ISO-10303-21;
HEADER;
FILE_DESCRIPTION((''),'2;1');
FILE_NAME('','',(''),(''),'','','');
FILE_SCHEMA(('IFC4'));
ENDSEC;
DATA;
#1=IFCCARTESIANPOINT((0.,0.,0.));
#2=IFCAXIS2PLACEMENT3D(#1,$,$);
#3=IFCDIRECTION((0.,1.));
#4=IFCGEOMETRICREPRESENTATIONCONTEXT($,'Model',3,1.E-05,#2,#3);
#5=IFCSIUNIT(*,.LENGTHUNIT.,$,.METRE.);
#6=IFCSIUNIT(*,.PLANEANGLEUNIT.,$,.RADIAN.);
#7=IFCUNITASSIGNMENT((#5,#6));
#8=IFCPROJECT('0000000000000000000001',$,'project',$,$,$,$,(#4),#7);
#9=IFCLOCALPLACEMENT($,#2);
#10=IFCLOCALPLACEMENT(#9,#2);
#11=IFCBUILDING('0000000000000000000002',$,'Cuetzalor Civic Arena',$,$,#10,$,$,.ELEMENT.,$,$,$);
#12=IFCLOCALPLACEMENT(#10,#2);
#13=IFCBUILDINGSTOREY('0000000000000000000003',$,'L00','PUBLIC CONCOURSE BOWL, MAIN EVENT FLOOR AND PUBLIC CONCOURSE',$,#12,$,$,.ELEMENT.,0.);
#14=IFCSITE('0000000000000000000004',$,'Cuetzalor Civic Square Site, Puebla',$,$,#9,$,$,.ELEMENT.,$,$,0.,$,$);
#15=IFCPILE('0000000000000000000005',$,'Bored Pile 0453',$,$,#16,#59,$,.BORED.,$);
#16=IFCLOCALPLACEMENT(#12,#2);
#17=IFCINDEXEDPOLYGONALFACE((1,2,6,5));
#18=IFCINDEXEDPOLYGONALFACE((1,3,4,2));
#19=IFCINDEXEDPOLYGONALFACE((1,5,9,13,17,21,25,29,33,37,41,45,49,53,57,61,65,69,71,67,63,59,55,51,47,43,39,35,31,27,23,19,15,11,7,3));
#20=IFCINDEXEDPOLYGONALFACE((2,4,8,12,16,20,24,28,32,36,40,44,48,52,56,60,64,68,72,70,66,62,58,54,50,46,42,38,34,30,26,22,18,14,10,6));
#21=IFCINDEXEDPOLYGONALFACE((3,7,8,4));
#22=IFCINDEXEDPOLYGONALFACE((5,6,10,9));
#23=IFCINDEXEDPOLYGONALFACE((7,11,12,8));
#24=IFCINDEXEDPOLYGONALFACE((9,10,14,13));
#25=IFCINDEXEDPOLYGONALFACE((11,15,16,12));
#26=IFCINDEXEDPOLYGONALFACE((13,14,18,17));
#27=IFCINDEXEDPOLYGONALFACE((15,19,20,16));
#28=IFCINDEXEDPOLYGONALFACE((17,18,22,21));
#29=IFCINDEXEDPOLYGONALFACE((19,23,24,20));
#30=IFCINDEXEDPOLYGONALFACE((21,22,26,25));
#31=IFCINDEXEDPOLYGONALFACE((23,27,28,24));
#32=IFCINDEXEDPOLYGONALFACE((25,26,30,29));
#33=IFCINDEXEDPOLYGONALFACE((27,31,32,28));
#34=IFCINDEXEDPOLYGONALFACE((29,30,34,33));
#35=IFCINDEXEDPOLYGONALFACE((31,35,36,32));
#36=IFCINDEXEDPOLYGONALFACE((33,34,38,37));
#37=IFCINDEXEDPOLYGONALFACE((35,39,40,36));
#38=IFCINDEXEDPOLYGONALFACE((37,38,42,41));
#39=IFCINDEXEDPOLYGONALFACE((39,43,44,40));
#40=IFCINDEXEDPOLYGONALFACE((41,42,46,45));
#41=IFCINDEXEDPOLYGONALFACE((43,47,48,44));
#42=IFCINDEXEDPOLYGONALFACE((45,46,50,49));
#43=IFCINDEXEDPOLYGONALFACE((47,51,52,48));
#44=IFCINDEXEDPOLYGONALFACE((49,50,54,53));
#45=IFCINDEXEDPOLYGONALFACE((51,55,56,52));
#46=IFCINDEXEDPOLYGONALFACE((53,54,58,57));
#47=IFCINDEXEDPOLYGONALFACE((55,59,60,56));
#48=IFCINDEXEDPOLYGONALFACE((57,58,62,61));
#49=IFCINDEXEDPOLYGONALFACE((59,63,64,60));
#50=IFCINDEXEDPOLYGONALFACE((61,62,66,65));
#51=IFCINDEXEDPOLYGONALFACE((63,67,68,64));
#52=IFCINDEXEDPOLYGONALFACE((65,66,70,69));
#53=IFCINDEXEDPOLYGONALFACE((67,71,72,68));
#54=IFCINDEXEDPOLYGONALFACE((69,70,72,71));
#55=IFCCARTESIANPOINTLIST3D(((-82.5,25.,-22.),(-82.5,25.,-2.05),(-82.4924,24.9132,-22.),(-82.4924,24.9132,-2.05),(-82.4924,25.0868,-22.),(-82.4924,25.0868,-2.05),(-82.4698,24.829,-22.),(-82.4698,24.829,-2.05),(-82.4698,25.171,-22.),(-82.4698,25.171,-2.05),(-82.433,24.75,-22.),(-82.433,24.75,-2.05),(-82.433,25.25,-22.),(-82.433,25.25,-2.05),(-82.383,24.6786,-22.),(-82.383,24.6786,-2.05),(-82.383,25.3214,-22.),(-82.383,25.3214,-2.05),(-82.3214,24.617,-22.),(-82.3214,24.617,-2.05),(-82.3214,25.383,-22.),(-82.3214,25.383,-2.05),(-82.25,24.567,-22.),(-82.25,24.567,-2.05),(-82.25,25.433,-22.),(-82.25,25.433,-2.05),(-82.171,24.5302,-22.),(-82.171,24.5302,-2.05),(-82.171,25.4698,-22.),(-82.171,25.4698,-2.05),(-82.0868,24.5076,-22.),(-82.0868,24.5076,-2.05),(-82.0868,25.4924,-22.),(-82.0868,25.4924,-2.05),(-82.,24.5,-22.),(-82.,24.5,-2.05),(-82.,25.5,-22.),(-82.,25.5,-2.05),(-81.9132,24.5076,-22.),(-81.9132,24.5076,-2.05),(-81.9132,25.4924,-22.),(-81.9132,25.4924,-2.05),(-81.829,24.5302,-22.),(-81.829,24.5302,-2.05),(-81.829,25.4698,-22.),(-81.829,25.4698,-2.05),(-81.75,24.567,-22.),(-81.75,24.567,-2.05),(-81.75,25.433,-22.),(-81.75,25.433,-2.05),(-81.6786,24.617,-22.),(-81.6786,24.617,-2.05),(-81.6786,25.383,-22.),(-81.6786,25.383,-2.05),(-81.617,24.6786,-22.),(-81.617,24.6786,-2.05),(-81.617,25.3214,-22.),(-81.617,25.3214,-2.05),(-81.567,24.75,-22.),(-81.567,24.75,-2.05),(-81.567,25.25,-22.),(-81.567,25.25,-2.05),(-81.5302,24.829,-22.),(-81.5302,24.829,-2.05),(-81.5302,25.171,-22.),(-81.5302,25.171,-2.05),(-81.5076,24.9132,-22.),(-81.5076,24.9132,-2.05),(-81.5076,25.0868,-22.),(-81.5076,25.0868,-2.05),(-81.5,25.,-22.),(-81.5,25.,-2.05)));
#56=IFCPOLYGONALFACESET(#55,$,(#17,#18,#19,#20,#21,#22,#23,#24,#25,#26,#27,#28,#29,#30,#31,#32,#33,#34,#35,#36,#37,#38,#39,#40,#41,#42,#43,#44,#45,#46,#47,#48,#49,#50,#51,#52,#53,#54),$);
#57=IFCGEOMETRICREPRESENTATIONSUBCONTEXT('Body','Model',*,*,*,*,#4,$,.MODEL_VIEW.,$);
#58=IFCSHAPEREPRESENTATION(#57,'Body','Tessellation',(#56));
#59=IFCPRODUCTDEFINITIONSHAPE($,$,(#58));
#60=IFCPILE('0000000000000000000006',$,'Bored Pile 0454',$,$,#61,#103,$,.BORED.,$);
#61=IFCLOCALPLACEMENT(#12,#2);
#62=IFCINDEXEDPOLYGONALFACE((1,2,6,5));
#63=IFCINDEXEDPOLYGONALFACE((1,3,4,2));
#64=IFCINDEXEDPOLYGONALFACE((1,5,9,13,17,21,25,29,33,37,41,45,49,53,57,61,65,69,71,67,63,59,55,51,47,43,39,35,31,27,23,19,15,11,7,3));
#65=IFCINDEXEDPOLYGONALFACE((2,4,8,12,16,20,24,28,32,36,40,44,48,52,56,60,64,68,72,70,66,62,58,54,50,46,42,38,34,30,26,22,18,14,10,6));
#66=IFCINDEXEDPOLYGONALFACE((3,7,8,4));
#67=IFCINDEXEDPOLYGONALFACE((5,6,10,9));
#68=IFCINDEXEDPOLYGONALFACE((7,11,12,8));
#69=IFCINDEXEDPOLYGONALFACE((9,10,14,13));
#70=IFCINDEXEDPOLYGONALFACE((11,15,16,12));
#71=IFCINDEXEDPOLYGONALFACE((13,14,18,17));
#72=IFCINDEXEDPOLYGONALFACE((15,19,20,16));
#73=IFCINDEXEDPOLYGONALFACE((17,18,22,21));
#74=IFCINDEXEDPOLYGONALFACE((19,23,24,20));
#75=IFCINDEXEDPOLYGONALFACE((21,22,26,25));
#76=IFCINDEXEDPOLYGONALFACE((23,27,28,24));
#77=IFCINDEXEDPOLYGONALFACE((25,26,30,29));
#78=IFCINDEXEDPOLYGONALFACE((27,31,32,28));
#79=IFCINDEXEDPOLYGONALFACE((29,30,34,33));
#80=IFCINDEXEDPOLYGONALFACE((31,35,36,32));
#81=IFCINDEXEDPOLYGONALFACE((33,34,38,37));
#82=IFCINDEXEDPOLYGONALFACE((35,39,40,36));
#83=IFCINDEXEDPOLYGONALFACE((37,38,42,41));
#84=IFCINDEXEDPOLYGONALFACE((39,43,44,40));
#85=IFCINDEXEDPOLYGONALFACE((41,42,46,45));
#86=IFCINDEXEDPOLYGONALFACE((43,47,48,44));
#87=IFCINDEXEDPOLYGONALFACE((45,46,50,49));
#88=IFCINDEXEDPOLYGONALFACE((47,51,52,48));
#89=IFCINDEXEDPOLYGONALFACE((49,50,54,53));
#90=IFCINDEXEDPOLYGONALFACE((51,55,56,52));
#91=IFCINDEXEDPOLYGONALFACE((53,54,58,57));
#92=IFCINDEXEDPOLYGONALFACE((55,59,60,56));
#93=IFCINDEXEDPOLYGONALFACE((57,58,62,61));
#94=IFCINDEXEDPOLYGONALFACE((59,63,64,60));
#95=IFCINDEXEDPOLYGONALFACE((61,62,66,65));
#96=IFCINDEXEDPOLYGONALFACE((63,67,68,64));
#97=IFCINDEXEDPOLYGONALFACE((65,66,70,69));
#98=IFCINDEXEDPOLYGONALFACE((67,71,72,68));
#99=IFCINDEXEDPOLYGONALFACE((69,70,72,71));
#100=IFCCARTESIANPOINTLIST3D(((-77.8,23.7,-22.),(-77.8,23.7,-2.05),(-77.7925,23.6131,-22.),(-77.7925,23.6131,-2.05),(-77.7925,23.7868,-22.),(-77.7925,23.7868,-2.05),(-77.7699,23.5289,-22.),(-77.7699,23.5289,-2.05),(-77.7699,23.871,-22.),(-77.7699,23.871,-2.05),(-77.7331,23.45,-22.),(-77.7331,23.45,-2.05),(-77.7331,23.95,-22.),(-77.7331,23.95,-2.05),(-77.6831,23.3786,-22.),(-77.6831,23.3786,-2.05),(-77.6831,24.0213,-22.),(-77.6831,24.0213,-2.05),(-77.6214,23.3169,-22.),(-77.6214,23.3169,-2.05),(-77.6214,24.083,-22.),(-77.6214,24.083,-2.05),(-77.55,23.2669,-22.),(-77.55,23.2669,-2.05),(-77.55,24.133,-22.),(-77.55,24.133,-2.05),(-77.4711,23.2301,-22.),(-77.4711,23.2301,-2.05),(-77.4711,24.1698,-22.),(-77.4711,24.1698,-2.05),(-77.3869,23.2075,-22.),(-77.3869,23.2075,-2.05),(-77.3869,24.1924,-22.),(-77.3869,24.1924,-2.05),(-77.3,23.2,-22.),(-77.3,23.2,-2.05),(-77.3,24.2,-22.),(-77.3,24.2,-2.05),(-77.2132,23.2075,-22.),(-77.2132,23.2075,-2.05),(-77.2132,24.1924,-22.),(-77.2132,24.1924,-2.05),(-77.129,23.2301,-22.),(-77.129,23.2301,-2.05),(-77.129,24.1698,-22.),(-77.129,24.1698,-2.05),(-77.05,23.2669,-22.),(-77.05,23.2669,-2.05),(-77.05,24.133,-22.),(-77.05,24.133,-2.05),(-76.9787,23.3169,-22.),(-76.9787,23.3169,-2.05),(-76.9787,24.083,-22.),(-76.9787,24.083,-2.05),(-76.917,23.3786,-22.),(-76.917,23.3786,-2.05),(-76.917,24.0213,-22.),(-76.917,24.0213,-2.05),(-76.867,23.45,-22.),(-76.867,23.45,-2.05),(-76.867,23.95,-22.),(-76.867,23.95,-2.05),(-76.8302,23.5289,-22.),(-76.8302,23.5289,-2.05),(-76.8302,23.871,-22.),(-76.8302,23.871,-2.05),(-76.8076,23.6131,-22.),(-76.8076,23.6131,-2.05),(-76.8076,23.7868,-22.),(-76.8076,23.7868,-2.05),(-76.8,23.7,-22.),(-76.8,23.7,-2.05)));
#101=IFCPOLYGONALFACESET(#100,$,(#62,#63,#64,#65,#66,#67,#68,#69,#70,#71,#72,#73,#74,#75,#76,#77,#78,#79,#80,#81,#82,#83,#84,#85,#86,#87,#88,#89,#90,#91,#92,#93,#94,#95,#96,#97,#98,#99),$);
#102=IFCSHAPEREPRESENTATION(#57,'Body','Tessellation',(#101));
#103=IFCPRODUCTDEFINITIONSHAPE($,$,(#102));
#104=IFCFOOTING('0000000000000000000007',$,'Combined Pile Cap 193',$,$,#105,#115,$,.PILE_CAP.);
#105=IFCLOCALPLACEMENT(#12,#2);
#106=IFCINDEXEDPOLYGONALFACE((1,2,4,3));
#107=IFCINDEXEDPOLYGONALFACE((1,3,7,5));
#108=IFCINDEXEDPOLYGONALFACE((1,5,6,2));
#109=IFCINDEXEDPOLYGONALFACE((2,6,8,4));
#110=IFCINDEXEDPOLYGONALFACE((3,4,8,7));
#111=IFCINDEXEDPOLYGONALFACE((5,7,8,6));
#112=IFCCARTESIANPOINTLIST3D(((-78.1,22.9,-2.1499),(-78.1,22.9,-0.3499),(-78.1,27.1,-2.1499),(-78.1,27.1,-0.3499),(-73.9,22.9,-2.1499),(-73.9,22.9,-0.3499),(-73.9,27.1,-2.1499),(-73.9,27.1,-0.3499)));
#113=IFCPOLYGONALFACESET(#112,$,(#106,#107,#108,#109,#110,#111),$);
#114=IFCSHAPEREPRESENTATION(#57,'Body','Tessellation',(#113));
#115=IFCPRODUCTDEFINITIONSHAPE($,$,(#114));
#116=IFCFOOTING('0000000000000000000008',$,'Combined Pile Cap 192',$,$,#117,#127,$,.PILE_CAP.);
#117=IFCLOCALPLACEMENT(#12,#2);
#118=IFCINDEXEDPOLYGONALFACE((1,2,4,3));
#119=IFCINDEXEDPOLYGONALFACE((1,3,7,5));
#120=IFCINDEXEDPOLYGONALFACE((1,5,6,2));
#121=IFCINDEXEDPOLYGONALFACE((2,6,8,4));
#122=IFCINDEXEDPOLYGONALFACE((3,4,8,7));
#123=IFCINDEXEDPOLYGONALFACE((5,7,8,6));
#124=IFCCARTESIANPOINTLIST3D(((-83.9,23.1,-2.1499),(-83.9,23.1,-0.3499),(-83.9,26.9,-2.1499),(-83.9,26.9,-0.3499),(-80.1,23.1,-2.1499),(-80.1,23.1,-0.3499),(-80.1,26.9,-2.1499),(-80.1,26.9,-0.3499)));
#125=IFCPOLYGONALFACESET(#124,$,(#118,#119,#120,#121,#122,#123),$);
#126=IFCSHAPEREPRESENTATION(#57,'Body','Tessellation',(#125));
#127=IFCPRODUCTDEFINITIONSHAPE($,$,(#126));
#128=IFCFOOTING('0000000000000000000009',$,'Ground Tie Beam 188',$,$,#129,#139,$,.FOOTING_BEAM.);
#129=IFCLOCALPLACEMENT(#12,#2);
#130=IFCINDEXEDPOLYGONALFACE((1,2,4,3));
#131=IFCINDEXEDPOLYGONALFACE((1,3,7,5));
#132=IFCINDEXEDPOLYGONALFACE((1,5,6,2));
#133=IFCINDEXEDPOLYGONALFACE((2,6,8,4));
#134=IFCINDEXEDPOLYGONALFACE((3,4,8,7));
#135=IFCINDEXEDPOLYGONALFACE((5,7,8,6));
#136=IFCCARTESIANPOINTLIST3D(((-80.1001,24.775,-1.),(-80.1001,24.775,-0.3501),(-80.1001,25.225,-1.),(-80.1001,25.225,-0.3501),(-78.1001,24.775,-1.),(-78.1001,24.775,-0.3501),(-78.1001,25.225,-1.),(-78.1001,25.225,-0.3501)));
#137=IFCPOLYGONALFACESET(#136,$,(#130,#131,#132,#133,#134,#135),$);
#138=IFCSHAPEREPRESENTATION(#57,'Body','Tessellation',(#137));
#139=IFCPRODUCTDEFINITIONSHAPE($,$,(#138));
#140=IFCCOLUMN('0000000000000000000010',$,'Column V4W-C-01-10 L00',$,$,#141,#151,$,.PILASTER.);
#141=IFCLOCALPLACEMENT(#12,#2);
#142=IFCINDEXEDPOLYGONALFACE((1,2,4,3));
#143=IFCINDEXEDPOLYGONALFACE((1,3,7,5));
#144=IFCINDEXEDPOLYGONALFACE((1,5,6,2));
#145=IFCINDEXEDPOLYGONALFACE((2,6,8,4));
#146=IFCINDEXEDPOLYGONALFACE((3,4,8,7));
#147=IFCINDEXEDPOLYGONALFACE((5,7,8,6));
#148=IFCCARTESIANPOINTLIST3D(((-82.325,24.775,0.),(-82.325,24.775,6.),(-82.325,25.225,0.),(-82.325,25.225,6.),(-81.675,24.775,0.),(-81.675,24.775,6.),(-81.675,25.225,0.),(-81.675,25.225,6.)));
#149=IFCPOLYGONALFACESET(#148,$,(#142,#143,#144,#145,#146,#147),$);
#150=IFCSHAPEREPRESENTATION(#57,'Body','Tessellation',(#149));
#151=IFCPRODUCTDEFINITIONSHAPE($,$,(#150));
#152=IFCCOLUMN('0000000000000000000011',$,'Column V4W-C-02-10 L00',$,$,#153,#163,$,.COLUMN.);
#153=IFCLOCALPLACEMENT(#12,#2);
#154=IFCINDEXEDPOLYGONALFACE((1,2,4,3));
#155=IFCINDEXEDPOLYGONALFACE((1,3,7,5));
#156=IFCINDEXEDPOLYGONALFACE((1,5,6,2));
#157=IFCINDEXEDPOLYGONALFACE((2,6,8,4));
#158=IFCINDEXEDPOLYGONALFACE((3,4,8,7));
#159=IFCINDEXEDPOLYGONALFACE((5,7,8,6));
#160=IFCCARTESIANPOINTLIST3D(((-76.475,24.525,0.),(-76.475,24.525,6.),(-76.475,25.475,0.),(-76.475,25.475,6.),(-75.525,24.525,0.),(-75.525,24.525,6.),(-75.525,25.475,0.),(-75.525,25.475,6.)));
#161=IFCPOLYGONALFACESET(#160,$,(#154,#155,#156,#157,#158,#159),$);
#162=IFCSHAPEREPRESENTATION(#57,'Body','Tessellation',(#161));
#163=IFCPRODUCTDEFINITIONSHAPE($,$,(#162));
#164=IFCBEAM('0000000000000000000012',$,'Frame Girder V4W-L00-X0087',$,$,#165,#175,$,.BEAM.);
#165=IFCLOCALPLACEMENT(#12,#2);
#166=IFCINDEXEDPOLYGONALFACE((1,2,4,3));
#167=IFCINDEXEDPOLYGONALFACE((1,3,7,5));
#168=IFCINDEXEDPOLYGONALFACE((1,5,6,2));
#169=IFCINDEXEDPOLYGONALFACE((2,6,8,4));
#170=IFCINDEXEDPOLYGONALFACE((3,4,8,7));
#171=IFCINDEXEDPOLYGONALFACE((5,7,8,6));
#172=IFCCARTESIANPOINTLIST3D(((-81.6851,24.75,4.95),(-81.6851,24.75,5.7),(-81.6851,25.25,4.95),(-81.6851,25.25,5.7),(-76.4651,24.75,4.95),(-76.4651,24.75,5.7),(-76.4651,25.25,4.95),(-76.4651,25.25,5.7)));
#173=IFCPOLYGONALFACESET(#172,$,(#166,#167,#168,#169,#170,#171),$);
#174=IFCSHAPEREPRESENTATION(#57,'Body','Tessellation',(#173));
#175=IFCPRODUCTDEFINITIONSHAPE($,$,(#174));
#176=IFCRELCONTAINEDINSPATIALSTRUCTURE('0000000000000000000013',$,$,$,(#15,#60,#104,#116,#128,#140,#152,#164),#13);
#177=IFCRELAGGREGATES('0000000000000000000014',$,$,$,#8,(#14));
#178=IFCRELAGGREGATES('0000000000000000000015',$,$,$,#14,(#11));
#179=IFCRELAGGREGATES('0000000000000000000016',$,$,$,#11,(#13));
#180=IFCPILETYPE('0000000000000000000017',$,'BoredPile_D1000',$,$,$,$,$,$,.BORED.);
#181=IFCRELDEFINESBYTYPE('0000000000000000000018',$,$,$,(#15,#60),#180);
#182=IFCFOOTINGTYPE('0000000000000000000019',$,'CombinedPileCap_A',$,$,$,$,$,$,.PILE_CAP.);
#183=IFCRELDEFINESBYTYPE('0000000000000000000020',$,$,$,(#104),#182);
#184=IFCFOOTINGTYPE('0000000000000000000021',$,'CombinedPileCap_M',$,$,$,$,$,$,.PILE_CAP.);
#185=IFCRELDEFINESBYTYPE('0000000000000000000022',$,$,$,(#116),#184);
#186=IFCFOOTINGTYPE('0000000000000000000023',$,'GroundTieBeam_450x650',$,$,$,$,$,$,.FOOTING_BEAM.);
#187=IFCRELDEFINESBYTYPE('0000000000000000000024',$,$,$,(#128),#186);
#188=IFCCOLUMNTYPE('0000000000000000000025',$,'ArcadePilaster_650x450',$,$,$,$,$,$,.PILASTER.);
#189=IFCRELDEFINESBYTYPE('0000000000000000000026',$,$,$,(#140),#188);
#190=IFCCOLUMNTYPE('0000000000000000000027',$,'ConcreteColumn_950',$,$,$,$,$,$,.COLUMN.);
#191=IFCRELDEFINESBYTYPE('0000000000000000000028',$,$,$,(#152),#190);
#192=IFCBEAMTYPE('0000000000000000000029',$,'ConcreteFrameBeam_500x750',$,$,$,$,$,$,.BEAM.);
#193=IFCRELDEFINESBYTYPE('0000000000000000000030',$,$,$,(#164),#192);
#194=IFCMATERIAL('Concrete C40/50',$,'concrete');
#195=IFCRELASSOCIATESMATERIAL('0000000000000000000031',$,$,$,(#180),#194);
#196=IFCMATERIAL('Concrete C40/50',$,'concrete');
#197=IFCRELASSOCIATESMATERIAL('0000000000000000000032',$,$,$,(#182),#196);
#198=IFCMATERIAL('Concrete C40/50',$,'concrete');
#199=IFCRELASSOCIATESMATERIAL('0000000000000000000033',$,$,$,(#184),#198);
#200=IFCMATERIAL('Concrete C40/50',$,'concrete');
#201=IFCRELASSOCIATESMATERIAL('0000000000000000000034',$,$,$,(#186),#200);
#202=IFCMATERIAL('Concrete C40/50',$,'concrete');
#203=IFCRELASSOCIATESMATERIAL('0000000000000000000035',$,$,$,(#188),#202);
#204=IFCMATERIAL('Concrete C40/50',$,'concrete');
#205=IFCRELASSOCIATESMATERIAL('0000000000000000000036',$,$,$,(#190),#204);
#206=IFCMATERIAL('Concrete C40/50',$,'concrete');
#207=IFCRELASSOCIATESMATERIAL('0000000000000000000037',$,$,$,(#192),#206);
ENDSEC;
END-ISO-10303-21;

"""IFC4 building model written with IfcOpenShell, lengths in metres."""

from ifc_helpers import new_model, si_unit, direction, frame, origin, origin_2d, place, context, subcontext, project, spatial, rectangle, circle, extrude, material, material_profile, profile_set, type_object, element, save


model = new_model("IFC4")

# Units and contexts
model_context = context("Model", 3, precision=1e-05, world=origin(), true_north=direction((0.0, 1.0)))
body_context = subcontext(model_context, "Body", "Model", "MODEL_VIEW")
ifc_project = project(units=[si_unit("LENGTHUNIT", "METRE"), si_unit("PLANEANGLEUNIT", "RADIAN")], contexts=[model_context])

# Site, building, storey
site_placement = place(None, origin())
site = spatial("IfcSite", under=ifc_project, at=site_placement, Name="Cuetzalor Civic Square Site, Puebla", CompositionType="ELEMENT", RefElevation=0.0)
building_placement = place(site_placement, origin())
building = spatial("IfcBuilding", under=site, at=building_placement, Name="Cuetzalor Civic Arena", CompositionType="ELEMENT")
storey_placement = place(building_placement, origin())
storey = spatial("IfcBuildingStorey", under=building, at=storey_placement, Name="L00", Description="PUBLIC CONCOURSE BOWL, MAIN EVENT FLOOR AND PUBLIC CONCOURSE", CompositionType="ELEMENT", Elevation=0.0)

# Piles
ifc_material_1 = material(Name="Concrete C40/50", Category="concrete")
ifc_material_profile_1 = material_profile(ifc_material_1, circle(Radius=0.5, at=origin_2d()), Name="BORED PILE D1000")
ifc_profile_set_1 = profile_set([ifc_material_profile_1], Name="Concrete C40/50")
pile_type = type_object("IfcPileType", Name="BoredPile_D1000", PredefinedType="BORED", material=ifc_profile_set_1)
for number, where, z_axis, x_axis, name in (
    (1, (-82.0, 25.0, -2.05), (0.0, 0.0, -1.0), (1.0, 0.0, 0.0), "Bored Pile 0453"),
    (2, (-77.3, 23.7, -2.05), (0.0, 0.0, -1.0), (1.0, 0.0, 0.0), "Bored Pile 0454"),
):
    element("IfcPile", number, at=place(storey_placement, frame(where, z_axis=z_axis, x_axis=x_axis)), inside=storey, type_object=pile_type, Name=name, PredefinedType="BORED", context=body_context, shape_type="SweptSolid", body=[
        extrude(circle(Radius=0.5, at=origin_2d()), origin(), (0.0, 0.0, 1.0), 19.95),
    ])

# Footings
ifc_material_2 = material(Name="Concrete C40/50", Category="concrete")
footing_type_1 = type_object("IfcFootingType", Name="CombinedPileCap_A", PredefinedType="PILE_CAP", material=ifc_material_2)
footing_1_placement = place(storey_placement, frame((-76.0, 25.0, -2.1499), z_axis=(0.0, 0.0, 1.0), x_axis=(1.0, 0.0, 0.0)))
element("IfcFooting", 3, at=footing_1_placement, inside=storey, type_object=footing_type_1, Name="Combined Pile Cap 193", PredefinedType="PILE_CAP", context=body_context, shape_type="SweptSolid", body=[
    extrude(rectangle(XDim=4.2, YDim=4.2, at=origin_2d()), origin(), (0.0, 0.0, 1.0), 1.8),
])
ifc_material_3 = material(Name="Concrete C40/50", Category="concrete")
footing_type_2 = type_object("IfcFootingType", Name="CombinedPileCap_M", PredefinedType="PILE_CAP", material=ifc_material_3)
footing_2_placement = place(storey_placement, frame((-82.0, 25.0, -2.1499), z_axis=(0.0, 0.0, 1.0), x_axis=(1.0, 0.0, 0.0)))
element("IfcFooting", 4, at=footing_2_placement, inside=storey, type_object=footing_type_2, Name="Combined Pile Cap 192", PredefinedType="PILE_CAP", context=body_context, shape_type="SweptSolid", body=[
    extrude(rectangle(XDim=3.8, YDim=3.8, at=origin_2d()), origin(), (0.0, 0.0, 1.0), 1.8),
])
ifc_material_4 = material(Name="Concrete C40/50", Category="concrete")
ifc_material_profile_2 = material_profile(ifc_material_4, rectangle(XDim=0.45, YDim=0.6499, at=origin_2d()), Name="RC 450x650")
ifc_profile_set_2 = profile_set([ifc_material_profile_2], Name="Concrete C40/50")
footing_type_3 = type_object("IfcFootingType", Name="GroundTieBeam_450x650", PredefinedType="FOOTING_BEAM", material=ifc_profile_set_2)
footing_3_placement = place(storey_placement, frame((-80.1001, 25.0, -0.675), z_axis=(1.0, 0.0, 0.0), x_axis=(0.0, 1.0, 0.0)))
element("IfcFooting", 5, at=footing_3_placement, inside=storey, type_object=footing_type_3, Name="Ground Tie Beam 188", PredefinedType="FOOTING_BEAM", context=body_context, shape_type="SweptSolid", body=[
    extrude(rectangle(XDim=0.45, YDim=0.6499, at=origin_2d()), origin(), (0.0, 0.0, 1.0), 2.0),
])

# Columns
ifc_material_5 = material(Name="Concrete C40/50", Category="concrete")
ifc_material_profile_3 = material_profile(ifc_material_5, rectangle(XDim=0.6499, YDim=0.45, at=origin_2d()), Name="RC 650x450")
ifc_profile_set_3 = profile_set([ifc_material_profile_3], Name="Concrete C40/50")
column_type_1 = type_object("IfcColumnType", Name="ArcadePilaster_650x450", PredefinedType="PILASTER", material=ifc_profile_set_3)
column_1_placement = place(storey_placement, frame((-82.0, 25.0, 0.0), z_axis=(0.0, 0.0, 1.0), x_axis=(1.0, 0.0, 0.0)))
element("IfcColumn", 6, at=column_1_placement, inside=storey, type_object=column_type_1, Name="Column V4W-C-01-10 L00", PredefinedType="PILASTER", context=body_context, shape_type="SweptSolid", body=[
    extrude(rectangle(XDim=0.6499, YDim=0.45, at=origin_2d()), origin(), (0.0, 0.0, 1.0), 6.0),
])
ifc_material_6 = material(Name="Concrete C40/50", Category="concrete")
ifc_material_profile_4 = material_profile(ifc_material_6, rectangle(XDim=0.95, YDim=0.95, at=origin_2d()), Name="RC 950x950")
ifc_profile_set_4 = profile_set([ifc_material_profile_4], Name="Concrete C40/50")
column_type_2 = type_object("IfcColumnType", Name="ConcreteColumn_950", PredefinedType="COLUMN", material=ifc_profile_set_4)
column_2_placement = place(storey_placement, frame((-76.0, 25.0, 0.0), z_axis=(0.0, 0.0, 1.0), x_axis=(1.0, 0.0, 0.0)))
element("IfcColumn", 7, at=column_2_placement, inside=storey, type_object=column_type_2, Name="Column V4W-C-02-10 L00", PredefinedType="COLUMN", context=body_context, shape_type="SweptSolid", body=[
    extrude(rectangle(XDim=0.95, YDim=0.95, at=origin_2d()), origin(), (0.0, 0.0, 1.0), 6.0),
])

# Beam
ifc_material_7 = material(Name="Concrete C40/50", Category="concrete")
ifc_material_profile_5 = material_profile(ifc_material_7, rectangle(XDim=0.5, YDim=0.75, at=origin_2d()), Name="RC 500x750")
ifc_profile_set_5 = profile_set([ifc_material_profile_5], Name="Concrete C40/50")
beam_type_1 = type_object("IfcBeamType", Name="ConcreteFrameBeam_500x750", PredefinedType="BEAM", material=ifc_profile_set_5)
beam_1_placement = place(storey_placement, frame((-81.6851, 25.0, 5.325), z_axis=(1.0, 0.0, 0.0), x_axis=(0.0, 1.0, 0.0)))
element("IfcBeam", 8, at=beam_1_placement, inside=storey, type_object=beam_type_1, Name="Frame Girder V4W-L00-X0087", PredefinedType="BEAM", context=body_context, shape_type="SweptSolid", body=[
    extrude(rectangle(XDim=0.5, YDim=0.75, at=origin_2d()), origin(), (0.0, 0.0, 1.0), 5.22),
])

save(model, "model.ifc")
